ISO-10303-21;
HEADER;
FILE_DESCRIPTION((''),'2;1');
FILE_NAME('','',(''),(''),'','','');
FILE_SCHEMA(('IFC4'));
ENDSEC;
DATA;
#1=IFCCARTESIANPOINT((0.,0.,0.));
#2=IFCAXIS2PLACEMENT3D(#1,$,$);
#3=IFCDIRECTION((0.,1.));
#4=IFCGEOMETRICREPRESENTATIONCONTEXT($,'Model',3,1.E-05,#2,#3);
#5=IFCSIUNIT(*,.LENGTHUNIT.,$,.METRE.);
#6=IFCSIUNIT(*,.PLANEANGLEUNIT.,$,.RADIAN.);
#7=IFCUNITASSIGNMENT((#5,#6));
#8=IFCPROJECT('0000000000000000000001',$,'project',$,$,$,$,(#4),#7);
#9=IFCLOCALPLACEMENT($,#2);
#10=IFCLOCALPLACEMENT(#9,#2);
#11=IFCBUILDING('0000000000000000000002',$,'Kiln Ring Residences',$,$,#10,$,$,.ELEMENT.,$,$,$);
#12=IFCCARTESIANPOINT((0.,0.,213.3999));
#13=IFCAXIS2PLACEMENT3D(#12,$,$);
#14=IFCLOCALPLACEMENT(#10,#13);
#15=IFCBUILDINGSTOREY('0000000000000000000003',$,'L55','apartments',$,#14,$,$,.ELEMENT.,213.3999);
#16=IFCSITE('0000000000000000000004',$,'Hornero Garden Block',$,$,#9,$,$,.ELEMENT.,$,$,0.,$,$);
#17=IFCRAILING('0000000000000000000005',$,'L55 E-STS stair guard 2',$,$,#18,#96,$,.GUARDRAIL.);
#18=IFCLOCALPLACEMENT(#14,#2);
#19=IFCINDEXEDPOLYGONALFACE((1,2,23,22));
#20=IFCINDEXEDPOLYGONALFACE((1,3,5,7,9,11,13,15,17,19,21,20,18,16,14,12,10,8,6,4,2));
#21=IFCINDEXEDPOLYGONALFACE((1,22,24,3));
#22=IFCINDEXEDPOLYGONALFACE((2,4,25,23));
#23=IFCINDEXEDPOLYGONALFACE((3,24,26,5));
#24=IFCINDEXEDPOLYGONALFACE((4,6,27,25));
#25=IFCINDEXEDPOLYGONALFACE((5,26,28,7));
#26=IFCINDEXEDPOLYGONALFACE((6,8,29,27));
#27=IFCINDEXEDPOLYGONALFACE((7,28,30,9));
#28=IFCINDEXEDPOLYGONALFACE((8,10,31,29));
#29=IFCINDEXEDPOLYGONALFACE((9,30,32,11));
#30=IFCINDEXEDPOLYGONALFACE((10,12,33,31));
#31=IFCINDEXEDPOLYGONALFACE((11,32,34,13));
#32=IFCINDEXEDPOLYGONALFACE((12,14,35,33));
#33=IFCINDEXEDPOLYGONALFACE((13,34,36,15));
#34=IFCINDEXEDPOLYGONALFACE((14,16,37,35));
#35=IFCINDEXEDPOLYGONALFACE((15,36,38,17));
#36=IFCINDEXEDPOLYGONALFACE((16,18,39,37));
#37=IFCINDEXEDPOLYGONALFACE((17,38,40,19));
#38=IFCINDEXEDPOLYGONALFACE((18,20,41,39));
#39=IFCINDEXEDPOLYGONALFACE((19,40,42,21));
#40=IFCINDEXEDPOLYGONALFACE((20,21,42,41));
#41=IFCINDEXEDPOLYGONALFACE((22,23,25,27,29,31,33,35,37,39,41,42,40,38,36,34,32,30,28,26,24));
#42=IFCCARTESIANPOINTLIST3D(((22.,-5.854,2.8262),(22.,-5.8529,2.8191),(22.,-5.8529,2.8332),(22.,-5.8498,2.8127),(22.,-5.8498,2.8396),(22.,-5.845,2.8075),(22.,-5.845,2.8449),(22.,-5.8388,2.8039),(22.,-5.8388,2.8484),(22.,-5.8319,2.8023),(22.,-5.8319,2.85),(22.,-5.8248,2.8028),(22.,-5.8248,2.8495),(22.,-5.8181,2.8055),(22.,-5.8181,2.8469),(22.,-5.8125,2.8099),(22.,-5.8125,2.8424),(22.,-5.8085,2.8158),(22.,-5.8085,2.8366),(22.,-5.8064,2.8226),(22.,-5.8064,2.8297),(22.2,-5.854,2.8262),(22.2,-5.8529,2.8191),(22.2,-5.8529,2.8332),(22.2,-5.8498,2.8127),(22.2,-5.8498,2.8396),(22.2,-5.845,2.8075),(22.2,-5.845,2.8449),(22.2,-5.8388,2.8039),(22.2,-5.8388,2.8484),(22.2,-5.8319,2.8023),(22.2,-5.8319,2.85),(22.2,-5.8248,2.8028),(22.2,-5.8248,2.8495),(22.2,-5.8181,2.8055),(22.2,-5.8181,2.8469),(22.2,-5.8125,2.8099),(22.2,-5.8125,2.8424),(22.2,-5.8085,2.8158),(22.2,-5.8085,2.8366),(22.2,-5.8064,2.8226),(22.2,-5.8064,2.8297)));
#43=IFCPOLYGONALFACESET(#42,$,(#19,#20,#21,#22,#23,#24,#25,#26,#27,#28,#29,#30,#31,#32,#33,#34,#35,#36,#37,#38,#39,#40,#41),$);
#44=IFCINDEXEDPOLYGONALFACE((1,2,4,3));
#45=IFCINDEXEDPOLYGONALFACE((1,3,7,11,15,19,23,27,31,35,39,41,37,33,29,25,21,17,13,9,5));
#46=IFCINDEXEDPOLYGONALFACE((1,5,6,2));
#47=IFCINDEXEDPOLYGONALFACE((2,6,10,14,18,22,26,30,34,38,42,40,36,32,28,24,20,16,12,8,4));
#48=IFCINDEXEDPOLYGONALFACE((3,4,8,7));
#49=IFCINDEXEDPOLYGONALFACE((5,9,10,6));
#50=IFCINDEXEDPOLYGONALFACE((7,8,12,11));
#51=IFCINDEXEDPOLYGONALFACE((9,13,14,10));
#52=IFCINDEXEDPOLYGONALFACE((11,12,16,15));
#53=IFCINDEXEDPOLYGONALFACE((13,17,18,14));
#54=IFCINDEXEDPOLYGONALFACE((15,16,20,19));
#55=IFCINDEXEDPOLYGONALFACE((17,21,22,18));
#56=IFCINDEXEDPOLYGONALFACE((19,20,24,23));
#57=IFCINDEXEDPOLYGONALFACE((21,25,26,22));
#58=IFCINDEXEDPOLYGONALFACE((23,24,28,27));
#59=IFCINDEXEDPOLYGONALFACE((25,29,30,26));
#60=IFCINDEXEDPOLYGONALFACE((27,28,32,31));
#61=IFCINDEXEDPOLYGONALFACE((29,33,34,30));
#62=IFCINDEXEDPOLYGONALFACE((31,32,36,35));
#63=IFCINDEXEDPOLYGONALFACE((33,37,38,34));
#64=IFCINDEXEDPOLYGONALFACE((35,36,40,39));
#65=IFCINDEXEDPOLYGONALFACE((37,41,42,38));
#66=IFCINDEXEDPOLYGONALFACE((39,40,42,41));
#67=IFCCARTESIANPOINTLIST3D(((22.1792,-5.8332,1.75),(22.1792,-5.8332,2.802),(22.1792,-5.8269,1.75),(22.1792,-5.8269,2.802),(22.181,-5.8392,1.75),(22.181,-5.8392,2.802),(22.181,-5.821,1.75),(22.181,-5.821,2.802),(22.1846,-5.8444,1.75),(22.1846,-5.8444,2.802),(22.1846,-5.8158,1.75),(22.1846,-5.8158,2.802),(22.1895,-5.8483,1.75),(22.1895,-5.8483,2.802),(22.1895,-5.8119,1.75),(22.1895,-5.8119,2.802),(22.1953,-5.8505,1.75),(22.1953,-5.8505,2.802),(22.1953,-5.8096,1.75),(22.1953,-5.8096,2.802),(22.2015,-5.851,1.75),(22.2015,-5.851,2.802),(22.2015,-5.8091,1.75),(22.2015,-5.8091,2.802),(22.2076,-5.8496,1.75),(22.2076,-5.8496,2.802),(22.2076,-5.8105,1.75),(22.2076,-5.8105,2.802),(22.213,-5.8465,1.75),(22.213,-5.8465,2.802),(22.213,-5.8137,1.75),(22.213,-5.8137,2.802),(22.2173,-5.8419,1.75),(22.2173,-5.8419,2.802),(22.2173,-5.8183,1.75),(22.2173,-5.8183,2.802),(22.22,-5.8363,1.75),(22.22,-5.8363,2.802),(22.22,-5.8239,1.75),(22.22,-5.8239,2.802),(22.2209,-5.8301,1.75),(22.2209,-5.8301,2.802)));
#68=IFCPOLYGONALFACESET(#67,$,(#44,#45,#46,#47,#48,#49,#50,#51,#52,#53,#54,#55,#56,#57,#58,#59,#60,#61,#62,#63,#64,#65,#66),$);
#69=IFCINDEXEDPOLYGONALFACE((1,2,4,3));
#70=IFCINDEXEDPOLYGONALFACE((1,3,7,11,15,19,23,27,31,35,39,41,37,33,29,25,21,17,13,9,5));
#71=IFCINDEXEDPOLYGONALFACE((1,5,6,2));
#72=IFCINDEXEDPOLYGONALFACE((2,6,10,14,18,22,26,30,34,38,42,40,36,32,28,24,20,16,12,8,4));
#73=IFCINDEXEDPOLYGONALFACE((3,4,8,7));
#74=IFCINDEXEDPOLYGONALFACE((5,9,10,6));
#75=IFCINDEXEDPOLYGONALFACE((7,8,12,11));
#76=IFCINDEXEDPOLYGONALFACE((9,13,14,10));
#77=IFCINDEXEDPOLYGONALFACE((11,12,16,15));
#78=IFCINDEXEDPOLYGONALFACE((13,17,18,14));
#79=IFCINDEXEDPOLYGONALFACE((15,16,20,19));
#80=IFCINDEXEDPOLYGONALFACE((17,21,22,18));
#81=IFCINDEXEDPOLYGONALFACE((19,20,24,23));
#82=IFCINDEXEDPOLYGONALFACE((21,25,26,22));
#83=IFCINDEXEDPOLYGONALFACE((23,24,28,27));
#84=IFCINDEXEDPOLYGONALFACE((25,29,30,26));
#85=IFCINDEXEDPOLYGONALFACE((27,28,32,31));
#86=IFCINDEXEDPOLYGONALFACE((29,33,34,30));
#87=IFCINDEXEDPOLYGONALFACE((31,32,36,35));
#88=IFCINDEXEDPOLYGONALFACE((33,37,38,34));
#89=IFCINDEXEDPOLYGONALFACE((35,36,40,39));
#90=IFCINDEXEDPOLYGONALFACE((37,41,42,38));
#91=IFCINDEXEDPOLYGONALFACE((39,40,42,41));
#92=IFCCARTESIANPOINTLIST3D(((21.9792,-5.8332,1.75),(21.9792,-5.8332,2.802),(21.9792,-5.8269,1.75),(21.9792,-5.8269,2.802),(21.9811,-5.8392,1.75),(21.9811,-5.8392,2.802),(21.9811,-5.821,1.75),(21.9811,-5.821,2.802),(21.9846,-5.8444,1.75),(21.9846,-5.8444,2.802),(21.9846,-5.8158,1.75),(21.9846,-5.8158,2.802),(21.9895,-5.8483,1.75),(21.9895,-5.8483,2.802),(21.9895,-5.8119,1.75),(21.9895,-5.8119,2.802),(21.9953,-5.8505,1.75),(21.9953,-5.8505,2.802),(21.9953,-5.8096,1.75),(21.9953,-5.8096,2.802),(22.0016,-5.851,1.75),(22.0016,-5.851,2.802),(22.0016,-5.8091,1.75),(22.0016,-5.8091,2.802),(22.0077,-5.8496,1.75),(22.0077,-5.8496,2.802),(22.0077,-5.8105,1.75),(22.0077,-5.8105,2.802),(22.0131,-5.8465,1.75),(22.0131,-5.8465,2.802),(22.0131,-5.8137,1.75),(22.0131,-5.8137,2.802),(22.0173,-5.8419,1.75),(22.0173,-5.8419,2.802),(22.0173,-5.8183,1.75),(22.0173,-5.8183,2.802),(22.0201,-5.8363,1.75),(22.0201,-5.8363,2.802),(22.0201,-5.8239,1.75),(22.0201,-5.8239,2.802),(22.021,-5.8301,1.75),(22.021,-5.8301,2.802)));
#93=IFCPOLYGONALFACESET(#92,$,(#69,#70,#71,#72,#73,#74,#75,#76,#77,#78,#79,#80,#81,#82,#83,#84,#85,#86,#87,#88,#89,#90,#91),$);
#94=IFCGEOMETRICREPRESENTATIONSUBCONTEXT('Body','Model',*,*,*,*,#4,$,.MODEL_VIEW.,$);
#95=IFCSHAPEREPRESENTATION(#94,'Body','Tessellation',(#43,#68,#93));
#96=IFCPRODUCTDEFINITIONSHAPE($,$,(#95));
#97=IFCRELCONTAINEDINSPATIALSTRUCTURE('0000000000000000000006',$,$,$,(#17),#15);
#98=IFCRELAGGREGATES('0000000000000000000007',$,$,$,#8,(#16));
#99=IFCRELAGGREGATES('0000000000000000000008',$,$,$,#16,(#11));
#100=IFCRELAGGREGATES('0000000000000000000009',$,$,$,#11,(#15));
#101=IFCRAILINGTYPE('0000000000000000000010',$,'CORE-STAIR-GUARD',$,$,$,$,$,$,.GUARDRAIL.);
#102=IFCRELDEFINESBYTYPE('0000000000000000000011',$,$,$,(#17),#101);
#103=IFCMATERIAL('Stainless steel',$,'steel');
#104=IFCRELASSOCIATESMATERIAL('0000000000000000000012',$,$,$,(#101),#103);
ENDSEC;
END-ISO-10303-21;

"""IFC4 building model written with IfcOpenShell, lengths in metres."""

from ifc_helpers import new_model, si_unit, direction, frame, origin, origin_2d, place, context, subcontext, project, spatial, circle, extrude, material, type_object, element, save


model = new_model("IFC4")

# Units and contexts
model_context = context("Model", 3, precision=1e-05, world=origin(), true_north=direction((0.0, 1.0)))
body_context = subcontext(model_context, "Body", "Model", "MODEL_VIEW")
ifc_project = project(units=[si_unit("LENGTHUNIT", "METRE"), si_unit("PLANEANGLEUNIT", "RADIAN")], contexts=[model_context])

# Site, building, storey
site_placement = place(None, origin())
site = spatial("IfcSite", under=ifc_project, at=site_placement, Name="Hornero Garden Block", CompositionType="ELEMENT", RefElevation=0.0)
building_placement = place(site_placement, origin())
building = spatial("IfcBuilding", under=site, at=building_placement, Name="Kiln Ring Residences", CompositionType="ELEMENT")
storey_placement = place(building_placement, frame((0.0, 0.0, 213.3999)))
storey = spatial("IfcBuildingStorey", under=building, at=storey_placement, Name="L55", Description="apartments", CompositionType="ELEMENT", Elevation=213.3999)

# Railing
ifc_material_1 = material(Name="Stainless steel", Category="steel")
railing_type_1 = type_object("IfcRailingType", Name="CORE-STAIR-GUARD", PredefinedType="GUARDRAIL", material=ifc_material_1)
railing_1_placement = place(storey_placement, frame((22.2, -5.8301, 1.75)))
element("IfcRailing", 1, at=railing_1_placement, inside=storey, type_object=railing_type_1, Name="L55 E-STS stair guard 2", PredefinedType="GUARDRAIL", context=body_context, shape_type="SweptSolid", body=[
    extrude(circle(Radius=0.0239, at=origin_2d()), frame((0.0, 0.0, 1.0762), z_axis=(-1.0, 0.0, 0.0), x_axis=(0.0, -1.0, 0.0)), (0.0, 0.0, 1.0), 0.2),
    extrude(circle(Radius=0.021, at=origin_2d()), origin(), (0.0, 0.0, 1.0), 1.052),
    extrude(circle(Radius=0.021, at=origin_2d()), frame((-0.2, 0.0, 0.0)), (0.0, 0.0, 1.0), 1.052),
])

save(model, "model.ifc")
